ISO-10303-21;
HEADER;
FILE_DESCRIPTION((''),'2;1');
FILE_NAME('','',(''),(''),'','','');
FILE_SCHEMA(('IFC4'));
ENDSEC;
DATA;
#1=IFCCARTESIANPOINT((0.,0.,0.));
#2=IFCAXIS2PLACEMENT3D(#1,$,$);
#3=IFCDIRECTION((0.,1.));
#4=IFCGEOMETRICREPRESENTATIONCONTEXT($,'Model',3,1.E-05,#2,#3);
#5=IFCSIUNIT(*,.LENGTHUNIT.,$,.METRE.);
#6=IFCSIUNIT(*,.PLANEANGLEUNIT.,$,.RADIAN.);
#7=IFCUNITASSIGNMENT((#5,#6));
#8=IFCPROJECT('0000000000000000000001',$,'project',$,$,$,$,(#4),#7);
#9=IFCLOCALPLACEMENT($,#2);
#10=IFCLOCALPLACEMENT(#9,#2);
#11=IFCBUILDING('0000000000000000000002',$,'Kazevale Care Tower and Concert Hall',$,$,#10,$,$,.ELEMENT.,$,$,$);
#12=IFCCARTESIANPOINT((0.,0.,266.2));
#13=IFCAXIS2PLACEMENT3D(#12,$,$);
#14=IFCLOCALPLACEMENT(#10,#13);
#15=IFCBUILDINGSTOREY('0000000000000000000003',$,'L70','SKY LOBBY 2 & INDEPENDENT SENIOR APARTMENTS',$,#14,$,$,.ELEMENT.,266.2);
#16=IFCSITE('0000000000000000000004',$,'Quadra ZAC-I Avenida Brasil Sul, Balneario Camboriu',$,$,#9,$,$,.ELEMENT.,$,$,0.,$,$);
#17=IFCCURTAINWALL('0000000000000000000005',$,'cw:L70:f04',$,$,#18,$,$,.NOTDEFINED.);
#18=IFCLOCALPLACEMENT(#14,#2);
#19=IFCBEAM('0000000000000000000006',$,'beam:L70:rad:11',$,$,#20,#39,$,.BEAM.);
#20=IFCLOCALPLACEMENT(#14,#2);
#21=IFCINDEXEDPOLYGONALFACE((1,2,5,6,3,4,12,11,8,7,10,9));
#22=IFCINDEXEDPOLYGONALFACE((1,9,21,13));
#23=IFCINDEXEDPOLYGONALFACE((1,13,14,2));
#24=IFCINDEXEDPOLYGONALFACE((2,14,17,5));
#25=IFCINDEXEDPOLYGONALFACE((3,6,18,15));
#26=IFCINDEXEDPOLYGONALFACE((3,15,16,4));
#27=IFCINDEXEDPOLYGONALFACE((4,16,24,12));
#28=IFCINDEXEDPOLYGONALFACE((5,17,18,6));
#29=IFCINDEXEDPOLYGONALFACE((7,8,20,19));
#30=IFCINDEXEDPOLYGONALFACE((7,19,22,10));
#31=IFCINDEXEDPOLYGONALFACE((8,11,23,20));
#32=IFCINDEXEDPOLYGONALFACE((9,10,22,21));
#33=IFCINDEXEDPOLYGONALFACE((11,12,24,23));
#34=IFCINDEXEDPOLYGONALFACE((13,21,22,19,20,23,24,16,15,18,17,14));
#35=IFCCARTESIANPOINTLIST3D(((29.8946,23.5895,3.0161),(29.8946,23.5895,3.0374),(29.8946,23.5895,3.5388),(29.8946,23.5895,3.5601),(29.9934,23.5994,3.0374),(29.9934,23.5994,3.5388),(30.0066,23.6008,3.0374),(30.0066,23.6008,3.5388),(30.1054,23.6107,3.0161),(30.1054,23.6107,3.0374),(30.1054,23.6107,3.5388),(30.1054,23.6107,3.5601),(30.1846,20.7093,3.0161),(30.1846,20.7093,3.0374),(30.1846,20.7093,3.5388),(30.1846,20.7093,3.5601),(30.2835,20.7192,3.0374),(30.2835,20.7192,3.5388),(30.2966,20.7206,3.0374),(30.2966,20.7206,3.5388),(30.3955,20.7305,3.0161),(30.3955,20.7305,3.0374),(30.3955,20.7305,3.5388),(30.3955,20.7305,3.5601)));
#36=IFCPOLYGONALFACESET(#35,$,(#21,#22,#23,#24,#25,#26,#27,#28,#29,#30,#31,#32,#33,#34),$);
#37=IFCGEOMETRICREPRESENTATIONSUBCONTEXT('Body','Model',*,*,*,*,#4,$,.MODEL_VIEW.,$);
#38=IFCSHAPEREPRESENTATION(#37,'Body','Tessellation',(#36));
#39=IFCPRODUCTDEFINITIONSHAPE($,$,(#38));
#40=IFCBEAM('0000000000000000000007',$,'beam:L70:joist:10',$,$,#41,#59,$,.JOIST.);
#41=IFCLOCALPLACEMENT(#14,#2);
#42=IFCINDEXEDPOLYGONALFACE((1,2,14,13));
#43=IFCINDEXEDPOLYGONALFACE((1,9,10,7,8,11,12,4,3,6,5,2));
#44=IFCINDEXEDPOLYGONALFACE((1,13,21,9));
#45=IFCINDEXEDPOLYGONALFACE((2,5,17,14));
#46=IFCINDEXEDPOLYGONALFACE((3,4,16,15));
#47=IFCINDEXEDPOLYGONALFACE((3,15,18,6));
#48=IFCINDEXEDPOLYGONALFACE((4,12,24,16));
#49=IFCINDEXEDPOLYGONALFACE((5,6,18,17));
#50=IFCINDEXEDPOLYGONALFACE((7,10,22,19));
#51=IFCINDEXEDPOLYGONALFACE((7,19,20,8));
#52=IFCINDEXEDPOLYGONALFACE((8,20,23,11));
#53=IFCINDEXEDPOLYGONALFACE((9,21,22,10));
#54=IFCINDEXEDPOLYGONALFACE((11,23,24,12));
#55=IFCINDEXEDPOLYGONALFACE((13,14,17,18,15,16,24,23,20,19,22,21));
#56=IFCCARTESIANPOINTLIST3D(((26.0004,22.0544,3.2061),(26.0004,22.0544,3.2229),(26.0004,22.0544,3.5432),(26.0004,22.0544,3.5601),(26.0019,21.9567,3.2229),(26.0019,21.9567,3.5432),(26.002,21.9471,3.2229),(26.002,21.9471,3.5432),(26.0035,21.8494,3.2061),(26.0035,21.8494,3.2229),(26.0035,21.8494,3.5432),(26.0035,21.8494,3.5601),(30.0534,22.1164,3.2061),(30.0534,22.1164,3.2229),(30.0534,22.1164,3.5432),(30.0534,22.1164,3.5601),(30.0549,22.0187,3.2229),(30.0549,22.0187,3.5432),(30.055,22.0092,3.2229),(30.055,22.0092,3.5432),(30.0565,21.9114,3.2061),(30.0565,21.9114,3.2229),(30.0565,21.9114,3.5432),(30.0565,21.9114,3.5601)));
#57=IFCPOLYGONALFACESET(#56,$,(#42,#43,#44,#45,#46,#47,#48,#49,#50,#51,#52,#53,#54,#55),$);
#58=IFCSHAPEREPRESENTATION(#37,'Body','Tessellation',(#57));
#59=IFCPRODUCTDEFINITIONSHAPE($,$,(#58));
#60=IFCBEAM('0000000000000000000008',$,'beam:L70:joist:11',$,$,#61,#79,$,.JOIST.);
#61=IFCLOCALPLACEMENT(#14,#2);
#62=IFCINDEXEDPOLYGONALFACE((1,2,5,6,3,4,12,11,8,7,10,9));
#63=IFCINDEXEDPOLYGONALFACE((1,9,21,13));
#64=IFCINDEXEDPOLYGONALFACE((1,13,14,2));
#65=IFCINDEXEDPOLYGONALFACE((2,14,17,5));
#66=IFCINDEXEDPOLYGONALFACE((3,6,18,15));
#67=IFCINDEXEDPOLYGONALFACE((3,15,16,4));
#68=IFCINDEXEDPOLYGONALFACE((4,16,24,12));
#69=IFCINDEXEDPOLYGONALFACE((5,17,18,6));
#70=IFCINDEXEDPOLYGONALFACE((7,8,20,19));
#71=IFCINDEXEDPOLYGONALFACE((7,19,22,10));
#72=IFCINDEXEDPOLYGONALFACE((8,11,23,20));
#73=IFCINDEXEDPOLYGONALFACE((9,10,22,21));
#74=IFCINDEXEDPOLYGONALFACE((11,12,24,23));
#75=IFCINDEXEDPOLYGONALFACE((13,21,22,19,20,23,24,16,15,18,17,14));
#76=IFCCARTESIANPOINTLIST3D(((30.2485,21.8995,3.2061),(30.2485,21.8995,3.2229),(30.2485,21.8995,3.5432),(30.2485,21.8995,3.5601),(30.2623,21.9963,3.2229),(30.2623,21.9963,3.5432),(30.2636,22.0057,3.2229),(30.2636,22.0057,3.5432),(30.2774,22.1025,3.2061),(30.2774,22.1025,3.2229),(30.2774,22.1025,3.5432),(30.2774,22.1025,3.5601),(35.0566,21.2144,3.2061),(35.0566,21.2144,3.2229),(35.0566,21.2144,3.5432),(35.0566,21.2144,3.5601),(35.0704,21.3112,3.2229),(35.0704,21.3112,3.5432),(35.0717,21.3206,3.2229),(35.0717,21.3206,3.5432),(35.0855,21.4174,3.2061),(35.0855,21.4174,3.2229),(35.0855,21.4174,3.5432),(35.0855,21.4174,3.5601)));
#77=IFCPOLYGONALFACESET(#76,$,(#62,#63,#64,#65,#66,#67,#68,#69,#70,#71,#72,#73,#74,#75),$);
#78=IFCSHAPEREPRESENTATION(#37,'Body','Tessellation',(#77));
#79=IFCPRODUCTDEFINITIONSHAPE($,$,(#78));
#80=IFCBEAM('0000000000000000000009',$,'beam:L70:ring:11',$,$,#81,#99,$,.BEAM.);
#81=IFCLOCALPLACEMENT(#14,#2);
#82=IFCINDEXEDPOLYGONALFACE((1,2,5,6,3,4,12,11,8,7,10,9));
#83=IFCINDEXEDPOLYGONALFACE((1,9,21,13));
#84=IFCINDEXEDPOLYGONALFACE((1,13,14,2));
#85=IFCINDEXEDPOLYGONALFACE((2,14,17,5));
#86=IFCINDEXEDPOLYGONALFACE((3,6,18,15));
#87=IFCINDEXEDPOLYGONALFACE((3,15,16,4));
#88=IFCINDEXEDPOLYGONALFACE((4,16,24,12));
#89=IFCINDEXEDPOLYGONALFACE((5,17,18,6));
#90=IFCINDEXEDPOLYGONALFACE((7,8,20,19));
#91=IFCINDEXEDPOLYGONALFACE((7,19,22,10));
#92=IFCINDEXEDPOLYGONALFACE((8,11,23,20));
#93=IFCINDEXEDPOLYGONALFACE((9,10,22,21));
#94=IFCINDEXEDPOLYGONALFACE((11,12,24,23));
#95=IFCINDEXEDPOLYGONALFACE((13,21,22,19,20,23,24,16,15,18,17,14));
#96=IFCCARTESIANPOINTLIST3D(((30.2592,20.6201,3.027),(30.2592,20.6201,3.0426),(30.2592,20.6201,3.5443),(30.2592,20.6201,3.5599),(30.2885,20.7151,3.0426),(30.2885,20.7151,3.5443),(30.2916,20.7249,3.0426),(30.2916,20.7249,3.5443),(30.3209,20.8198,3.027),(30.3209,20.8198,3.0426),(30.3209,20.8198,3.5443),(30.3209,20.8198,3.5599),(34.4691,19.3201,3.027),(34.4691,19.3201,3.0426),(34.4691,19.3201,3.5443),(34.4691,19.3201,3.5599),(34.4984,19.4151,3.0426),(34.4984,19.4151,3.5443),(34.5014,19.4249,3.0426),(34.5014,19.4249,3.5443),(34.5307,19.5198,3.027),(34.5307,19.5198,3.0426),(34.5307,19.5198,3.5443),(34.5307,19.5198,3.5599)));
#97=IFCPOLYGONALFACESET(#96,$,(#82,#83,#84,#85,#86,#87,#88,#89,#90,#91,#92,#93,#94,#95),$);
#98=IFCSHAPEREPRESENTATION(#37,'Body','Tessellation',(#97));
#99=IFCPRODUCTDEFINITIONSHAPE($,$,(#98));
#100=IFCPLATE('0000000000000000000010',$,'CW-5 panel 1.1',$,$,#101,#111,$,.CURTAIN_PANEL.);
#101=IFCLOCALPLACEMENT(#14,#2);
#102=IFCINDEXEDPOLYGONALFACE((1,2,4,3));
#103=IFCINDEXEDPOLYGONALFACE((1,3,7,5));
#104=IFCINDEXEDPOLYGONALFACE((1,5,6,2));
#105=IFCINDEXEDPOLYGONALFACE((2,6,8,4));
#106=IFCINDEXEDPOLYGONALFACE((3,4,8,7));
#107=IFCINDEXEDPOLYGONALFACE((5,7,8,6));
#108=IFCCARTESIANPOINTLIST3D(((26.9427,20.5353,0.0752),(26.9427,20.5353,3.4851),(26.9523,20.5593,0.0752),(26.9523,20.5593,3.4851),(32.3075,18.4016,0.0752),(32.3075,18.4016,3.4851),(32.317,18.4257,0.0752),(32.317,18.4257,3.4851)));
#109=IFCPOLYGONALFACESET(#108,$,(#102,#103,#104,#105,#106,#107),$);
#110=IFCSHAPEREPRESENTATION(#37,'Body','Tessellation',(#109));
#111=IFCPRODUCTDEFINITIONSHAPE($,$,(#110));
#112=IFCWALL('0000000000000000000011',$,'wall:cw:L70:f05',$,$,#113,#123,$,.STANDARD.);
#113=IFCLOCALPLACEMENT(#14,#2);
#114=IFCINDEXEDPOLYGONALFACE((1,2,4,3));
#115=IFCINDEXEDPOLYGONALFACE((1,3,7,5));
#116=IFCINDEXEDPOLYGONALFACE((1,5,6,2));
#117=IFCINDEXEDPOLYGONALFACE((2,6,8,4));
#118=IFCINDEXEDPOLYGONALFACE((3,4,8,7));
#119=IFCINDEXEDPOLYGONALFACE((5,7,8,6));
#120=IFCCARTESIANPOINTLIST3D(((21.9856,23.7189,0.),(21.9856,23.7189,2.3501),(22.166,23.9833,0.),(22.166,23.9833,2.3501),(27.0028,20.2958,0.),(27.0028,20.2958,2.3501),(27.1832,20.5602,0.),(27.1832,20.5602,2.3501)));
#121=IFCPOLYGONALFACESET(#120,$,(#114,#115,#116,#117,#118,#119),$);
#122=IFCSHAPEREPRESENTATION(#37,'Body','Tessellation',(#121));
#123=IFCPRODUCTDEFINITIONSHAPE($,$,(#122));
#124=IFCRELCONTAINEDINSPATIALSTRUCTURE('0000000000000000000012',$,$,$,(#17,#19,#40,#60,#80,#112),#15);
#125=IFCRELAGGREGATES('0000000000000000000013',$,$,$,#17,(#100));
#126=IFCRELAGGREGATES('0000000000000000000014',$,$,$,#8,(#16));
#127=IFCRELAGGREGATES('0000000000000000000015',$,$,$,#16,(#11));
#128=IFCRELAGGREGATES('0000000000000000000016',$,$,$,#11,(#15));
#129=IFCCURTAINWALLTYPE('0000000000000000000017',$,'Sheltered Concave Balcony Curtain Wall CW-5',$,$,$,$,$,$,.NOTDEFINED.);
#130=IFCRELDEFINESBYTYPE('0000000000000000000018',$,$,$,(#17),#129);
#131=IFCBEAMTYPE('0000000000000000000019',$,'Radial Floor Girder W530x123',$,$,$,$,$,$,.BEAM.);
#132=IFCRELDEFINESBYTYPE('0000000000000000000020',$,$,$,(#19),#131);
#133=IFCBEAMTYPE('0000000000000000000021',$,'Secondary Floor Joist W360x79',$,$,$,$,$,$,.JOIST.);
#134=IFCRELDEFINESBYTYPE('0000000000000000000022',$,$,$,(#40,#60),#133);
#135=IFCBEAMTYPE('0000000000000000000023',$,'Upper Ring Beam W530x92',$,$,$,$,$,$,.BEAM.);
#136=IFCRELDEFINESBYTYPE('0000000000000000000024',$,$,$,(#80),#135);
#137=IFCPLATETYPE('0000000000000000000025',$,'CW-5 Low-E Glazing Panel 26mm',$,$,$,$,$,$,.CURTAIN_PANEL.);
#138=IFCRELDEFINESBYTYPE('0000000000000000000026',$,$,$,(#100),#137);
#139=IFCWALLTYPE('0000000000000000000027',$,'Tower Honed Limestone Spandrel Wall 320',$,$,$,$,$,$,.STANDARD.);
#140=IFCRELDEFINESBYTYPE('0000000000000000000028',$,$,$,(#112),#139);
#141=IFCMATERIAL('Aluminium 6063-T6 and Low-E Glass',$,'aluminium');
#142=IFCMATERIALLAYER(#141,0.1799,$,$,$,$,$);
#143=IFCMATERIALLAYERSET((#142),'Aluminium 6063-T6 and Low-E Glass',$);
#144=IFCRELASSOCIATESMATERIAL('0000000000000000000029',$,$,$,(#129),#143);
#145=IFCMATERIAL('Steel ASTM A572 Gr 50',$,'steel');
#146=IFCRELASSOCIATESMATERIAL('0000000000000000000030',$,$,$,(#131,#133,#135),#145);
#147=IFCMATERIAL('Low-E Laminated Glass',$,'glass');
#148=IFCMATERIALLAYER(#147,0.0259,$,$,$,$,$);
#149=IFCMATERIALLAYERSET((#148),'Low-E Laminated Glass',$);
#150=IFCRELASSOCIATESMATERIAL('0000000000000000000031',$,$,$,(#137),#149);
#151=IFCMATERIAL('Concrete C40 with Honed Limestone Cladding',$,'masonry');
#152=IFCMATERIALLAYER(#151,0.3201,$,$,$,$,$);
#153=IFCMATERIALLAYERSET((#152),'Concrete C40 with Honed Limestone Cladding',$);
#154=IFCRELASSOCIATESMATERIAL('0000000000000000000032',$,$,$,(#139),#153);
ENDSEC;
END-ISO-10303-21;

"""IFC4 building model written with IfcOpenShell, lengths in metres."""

from ifc_helpers import new_model, si_unit, direction, frame, frame_2d, origin, origin_2d, place, context, subcontext, project, spatial, rectangle, i_section, extrude, material, layer, layer_set, material_profile, profile_set, type_object, element, aggregate, save


model = new_model("IFC4")

# Units and contexts
model_context = context("Model", 3, precision=1e-05, world=origin(), true_north=direction((0.0, 1.0)))
body_context = subcontext(model_context, "Body", "Model", "MODEL_VIEW")
ifc_project = project(units=[si_unit("LENGTHUNIT", "METRE"), si_unit("PLANEANGLEUNIT", "RADIAN")], contexts=[model_context])

# Site, building, storey
site_placement = place(None, origin())
site = spatial("IfcSite", under=ifc_project, at=site_placement, Name="Quadra ZAC-I Avenida Brasil Sul, Balneario Camboriu", CompositionType="ELEMENT", RefElevation=0.0)
building_placement = place(site_placement, origin())
building = spatial("IfcBuilding", under=site, at=building_placement, Name="Kazevale Care Tower and Concert Hall", CompositionType="ELEMENT")
storey_placement = place(building_placement, frame((0.0, 0.0, 266.2)))
storey = spatial("IfcBuildingStorey", under=building, at=storey_placement, Name="L70", Description="SKY LOBBY 2 & INDEPENDENT SENIOR APARTMENTS", CompositionType="ELEMENT", Elevation=266.2)

# Shared definitions
ifc_material_1 = material(Name="Aluminium 6063-T6 and Low-E Glass", Category="aluminium")
ifc_layer_1 = layer(ifc_material_1, 0.1799)
ifc_layer_set_1 = layer_set([ifc_layer_1], Name="Aluminium 6063-T6 and Low-E Glass")
curtain_wall_type = type_object("IfcCurtainWallType", Name="Sheltered Concave Balcony Curtain Wall CW-5", PredefinedType="NOTDEFINED", material=ifc_layer_set_1)

# Curtain wall
curtain_wall_1_placement = place(storey_placement, origin())
curtain_wall_1 = element("IfcCurtainWall", 1, at=curtain_wall_1_placement, inside=storey, type_object=curtain_wall_type, Name="cw:L70:f04", PredefinedType="NOTDEFINED")

# Beams
ifc_material_2 = material(Name="Steel ASTM A572 Gr 50", Category="steel")
ifc_material_profile_1 = material_profile(ifc_material_2, i_section(OverallWidth=0.2119, OverallDepth=0.5439, WebThickness=0.0132, FlangeThickness=0.0212, at=origin_2d()), Name="W530x123")
ifc_profile_set_1 = profile_set([ifc_material_profile_1], Name="Steel ASTM A572 Gr 50")
beam_type_1 = type_object("IfcBeamType", Name="Radial Floor Girder W530x123", PredefinedType="BEAM", material=ifc_profile_set_1)
beam_1_placement = place(storey_placement, frame((30.0, 23.6001, 3.2881), z_axis=(0.100197, -0.994968, 0.0), x_axis=(0.994968, 0.100197, 0.0)))
element("IfcBeam", 2, at=beam_1_placement, inside=storey, type_object=beam_type_1, Name="beam:L70:rad:11", PredefinedType="BEAM", context=body_context, shape_type="SweptSolid", body=[
    extrude(i_section(OverallWidth=0.2119, OverallDepth=0.5439, WebThickness=0.0132, FlangeThickness=0.0212, at=origin_2d()), origin(), (0.0, 0.0, 1.0), 2.8948),
])
ifc_material_profile_2 = material_profile(ifc_material_2, i_section(OverallWidth=0.2051, OverallDepth=0.354, WebThickness=0.0095, FlangeThickness=0.0168, at=origin_2d()), Name="W360x79")
ifc_profile_set_2 = profile_set([ifc_material_profile_2], Name="Steel ASTM A572 Gr 50")
beam_type_2 = type_object("IfcBeamType", Name="Secondary Floor Joist W360x79", PredefinedType="JOIST", material=ifc_profile_set_2)
beam_2_placement = place(storey_placement, frame((26.002, 21.9519, 3.3831), z_axis=(0.999883, 0.015298, 0.0), x_axis=(-0.015298, 0.999883, 0.0)))
element("IfcBeam", 3, at=beam_2_placement, inside=storey, type_object=beam_type_2, Name="beam:L70:joist:10", PredefinedType="JOIST", context=body_context, shape_type="SweptSolid", body=[
    extrude(i_section(OverallWidth=0.2051, OverallDepth=0.354, WebThickness=0.0095, FlangeThickness=0.0168, at=origin_2d()), origin(), (0.0, 0.0, 1.0), 4.0535),
])
beam_3_placement = place(storey_placement, frame((30.2629, 22.001, 3.3831), z_axis=(0.990002, -0.141055, 0.0), x_axis=(0.141055, 0.990002, 0.0)))
element("IfcBeam", 4, at=beam_3_placement, inside=storey, type_object=beam_type_2, Name="beam:L70:joist:11", PredefinedType="JOIST", context=body_context, shape_type="SweptSolid", body=[
    extrude(i_section(OverallWidth=0.2051, OverallDepth=0.354, WebThickness=0.0095, FlangeThickness=0.0168, at=origin_2d()), origin(), (0.0, 0.0, 1.0), 4.8567),
])
ifc_material_profile_3 = material_profile(ifc_material_2, i_section(OverallWidth=0.209, OverallDepth=0.533, WebThickness=0.0103, FlangeThickness=0.0156, at=origin_2d()), Name="W530x92")
ifc_profile_set_3 = profile_set([ifc_material_profile_3], Name="Steel ASTM A572 Gr 50")
beam_type_3 = type_object("IfcBeamType", Name="Upper Ring Beam W530x92", PredefinedType="BEAM", material=ifc_profile_set_3)
beam_4_placement = place(storey_placement, frame((30.29, 20.72, 3.2935), z_axis=(0.95548, -0.295055, 0.0), x_axis=(0.295055, 0.95548, 0.0)))
element("IfcBeam", 5, at=beam_4_placement, inside=storey, type_object=beam_type_3, Name="beam:L70:ring:11", PredefinedType="BEAM", context=body_context, shape_type="SweptSolid", body=[
    extrude(i_section(OverallWidth=0.209, OverallDepth=0.533, WebThickness=0.0103, FlangeThickness=0.0156, at=origin_2d()), origin(), (0.0, 0.0, 1.0), 4.406),
])

# Plate
ifc_material_3 = material(Name="Low-E Laminated Glass", Category="glass")
ifc_layer_2 = layer(ifc_material_3, 0.0259)
ifc_layer_set_2 = layer_set([ifc_layer_2], Name="Low-E Laminated Glass")
plate_type = type_object("IfcPlateType", Name="CW-5 Low-E Glazing Panel 26mm", PredefinedType="CURTAIN_PANEL", material=ifc_layer_set_2)
plate_placement = place(storey_placement, frame((29.6299, 19.4805, 0.0752), z_axis=(0.0, 0.0, 1.0), x_axis=(-0.929208, 0.369556, 0.0)))
plate = element("IfcPlate", 6, at=plate_placement, type_object=plate_type, Name="CW-5 panel 1.1", PredefinedType="CURTAIN_PANEL", context=body_context, shape_type="SweptSolid", body=[
    extrude(rectangle(XDim=5.7734, YDim=0.0259, at=origin_2d()), origin(), (0.0, 0.0, 1.0), 3.4099),
])
aggregate(curtain_wall_1, [plate])

# Wall
ifc_material_4 = material(Name="Concrete C40 with Honed Limestone Cladding", Category="masonry")
ifc_layer_3 = layer(ifc_material_4, 0.3201)
ifc_layer_set_3 = layer_set([ifc_layer_3], Name="Concrete C40 with Honed Limestone Cladding")
wall_type = type_object("IfcWallType", Name="Tower Honed Limestone Spandrel Wall 320", PredefinedType="STANDARD", material=ifc_layer_set_3)
wall_placement = place(storey_placement, frame((27.093, 20.428, 0.0), z_axis=(0.0, 0.0, 1.0), x_axis=(-0.826047, 0.563601, 0.0)))
element("IfcWall", 7, at=wall_placement, inside=storey, type_object=wall_type, Name="wall:cw:L70:f05", PredefinedType="STANDARD", context=body_context, shape_type="SweptSolid", body=[
    extrude(rectangle(XDim=6.0737, YDim=0.3201, at=frame_2d((3.0369, 0.0))), origin(), (0.0, 0.0, 1.0), 2.3501),
])

save(model, "model.ifc")
